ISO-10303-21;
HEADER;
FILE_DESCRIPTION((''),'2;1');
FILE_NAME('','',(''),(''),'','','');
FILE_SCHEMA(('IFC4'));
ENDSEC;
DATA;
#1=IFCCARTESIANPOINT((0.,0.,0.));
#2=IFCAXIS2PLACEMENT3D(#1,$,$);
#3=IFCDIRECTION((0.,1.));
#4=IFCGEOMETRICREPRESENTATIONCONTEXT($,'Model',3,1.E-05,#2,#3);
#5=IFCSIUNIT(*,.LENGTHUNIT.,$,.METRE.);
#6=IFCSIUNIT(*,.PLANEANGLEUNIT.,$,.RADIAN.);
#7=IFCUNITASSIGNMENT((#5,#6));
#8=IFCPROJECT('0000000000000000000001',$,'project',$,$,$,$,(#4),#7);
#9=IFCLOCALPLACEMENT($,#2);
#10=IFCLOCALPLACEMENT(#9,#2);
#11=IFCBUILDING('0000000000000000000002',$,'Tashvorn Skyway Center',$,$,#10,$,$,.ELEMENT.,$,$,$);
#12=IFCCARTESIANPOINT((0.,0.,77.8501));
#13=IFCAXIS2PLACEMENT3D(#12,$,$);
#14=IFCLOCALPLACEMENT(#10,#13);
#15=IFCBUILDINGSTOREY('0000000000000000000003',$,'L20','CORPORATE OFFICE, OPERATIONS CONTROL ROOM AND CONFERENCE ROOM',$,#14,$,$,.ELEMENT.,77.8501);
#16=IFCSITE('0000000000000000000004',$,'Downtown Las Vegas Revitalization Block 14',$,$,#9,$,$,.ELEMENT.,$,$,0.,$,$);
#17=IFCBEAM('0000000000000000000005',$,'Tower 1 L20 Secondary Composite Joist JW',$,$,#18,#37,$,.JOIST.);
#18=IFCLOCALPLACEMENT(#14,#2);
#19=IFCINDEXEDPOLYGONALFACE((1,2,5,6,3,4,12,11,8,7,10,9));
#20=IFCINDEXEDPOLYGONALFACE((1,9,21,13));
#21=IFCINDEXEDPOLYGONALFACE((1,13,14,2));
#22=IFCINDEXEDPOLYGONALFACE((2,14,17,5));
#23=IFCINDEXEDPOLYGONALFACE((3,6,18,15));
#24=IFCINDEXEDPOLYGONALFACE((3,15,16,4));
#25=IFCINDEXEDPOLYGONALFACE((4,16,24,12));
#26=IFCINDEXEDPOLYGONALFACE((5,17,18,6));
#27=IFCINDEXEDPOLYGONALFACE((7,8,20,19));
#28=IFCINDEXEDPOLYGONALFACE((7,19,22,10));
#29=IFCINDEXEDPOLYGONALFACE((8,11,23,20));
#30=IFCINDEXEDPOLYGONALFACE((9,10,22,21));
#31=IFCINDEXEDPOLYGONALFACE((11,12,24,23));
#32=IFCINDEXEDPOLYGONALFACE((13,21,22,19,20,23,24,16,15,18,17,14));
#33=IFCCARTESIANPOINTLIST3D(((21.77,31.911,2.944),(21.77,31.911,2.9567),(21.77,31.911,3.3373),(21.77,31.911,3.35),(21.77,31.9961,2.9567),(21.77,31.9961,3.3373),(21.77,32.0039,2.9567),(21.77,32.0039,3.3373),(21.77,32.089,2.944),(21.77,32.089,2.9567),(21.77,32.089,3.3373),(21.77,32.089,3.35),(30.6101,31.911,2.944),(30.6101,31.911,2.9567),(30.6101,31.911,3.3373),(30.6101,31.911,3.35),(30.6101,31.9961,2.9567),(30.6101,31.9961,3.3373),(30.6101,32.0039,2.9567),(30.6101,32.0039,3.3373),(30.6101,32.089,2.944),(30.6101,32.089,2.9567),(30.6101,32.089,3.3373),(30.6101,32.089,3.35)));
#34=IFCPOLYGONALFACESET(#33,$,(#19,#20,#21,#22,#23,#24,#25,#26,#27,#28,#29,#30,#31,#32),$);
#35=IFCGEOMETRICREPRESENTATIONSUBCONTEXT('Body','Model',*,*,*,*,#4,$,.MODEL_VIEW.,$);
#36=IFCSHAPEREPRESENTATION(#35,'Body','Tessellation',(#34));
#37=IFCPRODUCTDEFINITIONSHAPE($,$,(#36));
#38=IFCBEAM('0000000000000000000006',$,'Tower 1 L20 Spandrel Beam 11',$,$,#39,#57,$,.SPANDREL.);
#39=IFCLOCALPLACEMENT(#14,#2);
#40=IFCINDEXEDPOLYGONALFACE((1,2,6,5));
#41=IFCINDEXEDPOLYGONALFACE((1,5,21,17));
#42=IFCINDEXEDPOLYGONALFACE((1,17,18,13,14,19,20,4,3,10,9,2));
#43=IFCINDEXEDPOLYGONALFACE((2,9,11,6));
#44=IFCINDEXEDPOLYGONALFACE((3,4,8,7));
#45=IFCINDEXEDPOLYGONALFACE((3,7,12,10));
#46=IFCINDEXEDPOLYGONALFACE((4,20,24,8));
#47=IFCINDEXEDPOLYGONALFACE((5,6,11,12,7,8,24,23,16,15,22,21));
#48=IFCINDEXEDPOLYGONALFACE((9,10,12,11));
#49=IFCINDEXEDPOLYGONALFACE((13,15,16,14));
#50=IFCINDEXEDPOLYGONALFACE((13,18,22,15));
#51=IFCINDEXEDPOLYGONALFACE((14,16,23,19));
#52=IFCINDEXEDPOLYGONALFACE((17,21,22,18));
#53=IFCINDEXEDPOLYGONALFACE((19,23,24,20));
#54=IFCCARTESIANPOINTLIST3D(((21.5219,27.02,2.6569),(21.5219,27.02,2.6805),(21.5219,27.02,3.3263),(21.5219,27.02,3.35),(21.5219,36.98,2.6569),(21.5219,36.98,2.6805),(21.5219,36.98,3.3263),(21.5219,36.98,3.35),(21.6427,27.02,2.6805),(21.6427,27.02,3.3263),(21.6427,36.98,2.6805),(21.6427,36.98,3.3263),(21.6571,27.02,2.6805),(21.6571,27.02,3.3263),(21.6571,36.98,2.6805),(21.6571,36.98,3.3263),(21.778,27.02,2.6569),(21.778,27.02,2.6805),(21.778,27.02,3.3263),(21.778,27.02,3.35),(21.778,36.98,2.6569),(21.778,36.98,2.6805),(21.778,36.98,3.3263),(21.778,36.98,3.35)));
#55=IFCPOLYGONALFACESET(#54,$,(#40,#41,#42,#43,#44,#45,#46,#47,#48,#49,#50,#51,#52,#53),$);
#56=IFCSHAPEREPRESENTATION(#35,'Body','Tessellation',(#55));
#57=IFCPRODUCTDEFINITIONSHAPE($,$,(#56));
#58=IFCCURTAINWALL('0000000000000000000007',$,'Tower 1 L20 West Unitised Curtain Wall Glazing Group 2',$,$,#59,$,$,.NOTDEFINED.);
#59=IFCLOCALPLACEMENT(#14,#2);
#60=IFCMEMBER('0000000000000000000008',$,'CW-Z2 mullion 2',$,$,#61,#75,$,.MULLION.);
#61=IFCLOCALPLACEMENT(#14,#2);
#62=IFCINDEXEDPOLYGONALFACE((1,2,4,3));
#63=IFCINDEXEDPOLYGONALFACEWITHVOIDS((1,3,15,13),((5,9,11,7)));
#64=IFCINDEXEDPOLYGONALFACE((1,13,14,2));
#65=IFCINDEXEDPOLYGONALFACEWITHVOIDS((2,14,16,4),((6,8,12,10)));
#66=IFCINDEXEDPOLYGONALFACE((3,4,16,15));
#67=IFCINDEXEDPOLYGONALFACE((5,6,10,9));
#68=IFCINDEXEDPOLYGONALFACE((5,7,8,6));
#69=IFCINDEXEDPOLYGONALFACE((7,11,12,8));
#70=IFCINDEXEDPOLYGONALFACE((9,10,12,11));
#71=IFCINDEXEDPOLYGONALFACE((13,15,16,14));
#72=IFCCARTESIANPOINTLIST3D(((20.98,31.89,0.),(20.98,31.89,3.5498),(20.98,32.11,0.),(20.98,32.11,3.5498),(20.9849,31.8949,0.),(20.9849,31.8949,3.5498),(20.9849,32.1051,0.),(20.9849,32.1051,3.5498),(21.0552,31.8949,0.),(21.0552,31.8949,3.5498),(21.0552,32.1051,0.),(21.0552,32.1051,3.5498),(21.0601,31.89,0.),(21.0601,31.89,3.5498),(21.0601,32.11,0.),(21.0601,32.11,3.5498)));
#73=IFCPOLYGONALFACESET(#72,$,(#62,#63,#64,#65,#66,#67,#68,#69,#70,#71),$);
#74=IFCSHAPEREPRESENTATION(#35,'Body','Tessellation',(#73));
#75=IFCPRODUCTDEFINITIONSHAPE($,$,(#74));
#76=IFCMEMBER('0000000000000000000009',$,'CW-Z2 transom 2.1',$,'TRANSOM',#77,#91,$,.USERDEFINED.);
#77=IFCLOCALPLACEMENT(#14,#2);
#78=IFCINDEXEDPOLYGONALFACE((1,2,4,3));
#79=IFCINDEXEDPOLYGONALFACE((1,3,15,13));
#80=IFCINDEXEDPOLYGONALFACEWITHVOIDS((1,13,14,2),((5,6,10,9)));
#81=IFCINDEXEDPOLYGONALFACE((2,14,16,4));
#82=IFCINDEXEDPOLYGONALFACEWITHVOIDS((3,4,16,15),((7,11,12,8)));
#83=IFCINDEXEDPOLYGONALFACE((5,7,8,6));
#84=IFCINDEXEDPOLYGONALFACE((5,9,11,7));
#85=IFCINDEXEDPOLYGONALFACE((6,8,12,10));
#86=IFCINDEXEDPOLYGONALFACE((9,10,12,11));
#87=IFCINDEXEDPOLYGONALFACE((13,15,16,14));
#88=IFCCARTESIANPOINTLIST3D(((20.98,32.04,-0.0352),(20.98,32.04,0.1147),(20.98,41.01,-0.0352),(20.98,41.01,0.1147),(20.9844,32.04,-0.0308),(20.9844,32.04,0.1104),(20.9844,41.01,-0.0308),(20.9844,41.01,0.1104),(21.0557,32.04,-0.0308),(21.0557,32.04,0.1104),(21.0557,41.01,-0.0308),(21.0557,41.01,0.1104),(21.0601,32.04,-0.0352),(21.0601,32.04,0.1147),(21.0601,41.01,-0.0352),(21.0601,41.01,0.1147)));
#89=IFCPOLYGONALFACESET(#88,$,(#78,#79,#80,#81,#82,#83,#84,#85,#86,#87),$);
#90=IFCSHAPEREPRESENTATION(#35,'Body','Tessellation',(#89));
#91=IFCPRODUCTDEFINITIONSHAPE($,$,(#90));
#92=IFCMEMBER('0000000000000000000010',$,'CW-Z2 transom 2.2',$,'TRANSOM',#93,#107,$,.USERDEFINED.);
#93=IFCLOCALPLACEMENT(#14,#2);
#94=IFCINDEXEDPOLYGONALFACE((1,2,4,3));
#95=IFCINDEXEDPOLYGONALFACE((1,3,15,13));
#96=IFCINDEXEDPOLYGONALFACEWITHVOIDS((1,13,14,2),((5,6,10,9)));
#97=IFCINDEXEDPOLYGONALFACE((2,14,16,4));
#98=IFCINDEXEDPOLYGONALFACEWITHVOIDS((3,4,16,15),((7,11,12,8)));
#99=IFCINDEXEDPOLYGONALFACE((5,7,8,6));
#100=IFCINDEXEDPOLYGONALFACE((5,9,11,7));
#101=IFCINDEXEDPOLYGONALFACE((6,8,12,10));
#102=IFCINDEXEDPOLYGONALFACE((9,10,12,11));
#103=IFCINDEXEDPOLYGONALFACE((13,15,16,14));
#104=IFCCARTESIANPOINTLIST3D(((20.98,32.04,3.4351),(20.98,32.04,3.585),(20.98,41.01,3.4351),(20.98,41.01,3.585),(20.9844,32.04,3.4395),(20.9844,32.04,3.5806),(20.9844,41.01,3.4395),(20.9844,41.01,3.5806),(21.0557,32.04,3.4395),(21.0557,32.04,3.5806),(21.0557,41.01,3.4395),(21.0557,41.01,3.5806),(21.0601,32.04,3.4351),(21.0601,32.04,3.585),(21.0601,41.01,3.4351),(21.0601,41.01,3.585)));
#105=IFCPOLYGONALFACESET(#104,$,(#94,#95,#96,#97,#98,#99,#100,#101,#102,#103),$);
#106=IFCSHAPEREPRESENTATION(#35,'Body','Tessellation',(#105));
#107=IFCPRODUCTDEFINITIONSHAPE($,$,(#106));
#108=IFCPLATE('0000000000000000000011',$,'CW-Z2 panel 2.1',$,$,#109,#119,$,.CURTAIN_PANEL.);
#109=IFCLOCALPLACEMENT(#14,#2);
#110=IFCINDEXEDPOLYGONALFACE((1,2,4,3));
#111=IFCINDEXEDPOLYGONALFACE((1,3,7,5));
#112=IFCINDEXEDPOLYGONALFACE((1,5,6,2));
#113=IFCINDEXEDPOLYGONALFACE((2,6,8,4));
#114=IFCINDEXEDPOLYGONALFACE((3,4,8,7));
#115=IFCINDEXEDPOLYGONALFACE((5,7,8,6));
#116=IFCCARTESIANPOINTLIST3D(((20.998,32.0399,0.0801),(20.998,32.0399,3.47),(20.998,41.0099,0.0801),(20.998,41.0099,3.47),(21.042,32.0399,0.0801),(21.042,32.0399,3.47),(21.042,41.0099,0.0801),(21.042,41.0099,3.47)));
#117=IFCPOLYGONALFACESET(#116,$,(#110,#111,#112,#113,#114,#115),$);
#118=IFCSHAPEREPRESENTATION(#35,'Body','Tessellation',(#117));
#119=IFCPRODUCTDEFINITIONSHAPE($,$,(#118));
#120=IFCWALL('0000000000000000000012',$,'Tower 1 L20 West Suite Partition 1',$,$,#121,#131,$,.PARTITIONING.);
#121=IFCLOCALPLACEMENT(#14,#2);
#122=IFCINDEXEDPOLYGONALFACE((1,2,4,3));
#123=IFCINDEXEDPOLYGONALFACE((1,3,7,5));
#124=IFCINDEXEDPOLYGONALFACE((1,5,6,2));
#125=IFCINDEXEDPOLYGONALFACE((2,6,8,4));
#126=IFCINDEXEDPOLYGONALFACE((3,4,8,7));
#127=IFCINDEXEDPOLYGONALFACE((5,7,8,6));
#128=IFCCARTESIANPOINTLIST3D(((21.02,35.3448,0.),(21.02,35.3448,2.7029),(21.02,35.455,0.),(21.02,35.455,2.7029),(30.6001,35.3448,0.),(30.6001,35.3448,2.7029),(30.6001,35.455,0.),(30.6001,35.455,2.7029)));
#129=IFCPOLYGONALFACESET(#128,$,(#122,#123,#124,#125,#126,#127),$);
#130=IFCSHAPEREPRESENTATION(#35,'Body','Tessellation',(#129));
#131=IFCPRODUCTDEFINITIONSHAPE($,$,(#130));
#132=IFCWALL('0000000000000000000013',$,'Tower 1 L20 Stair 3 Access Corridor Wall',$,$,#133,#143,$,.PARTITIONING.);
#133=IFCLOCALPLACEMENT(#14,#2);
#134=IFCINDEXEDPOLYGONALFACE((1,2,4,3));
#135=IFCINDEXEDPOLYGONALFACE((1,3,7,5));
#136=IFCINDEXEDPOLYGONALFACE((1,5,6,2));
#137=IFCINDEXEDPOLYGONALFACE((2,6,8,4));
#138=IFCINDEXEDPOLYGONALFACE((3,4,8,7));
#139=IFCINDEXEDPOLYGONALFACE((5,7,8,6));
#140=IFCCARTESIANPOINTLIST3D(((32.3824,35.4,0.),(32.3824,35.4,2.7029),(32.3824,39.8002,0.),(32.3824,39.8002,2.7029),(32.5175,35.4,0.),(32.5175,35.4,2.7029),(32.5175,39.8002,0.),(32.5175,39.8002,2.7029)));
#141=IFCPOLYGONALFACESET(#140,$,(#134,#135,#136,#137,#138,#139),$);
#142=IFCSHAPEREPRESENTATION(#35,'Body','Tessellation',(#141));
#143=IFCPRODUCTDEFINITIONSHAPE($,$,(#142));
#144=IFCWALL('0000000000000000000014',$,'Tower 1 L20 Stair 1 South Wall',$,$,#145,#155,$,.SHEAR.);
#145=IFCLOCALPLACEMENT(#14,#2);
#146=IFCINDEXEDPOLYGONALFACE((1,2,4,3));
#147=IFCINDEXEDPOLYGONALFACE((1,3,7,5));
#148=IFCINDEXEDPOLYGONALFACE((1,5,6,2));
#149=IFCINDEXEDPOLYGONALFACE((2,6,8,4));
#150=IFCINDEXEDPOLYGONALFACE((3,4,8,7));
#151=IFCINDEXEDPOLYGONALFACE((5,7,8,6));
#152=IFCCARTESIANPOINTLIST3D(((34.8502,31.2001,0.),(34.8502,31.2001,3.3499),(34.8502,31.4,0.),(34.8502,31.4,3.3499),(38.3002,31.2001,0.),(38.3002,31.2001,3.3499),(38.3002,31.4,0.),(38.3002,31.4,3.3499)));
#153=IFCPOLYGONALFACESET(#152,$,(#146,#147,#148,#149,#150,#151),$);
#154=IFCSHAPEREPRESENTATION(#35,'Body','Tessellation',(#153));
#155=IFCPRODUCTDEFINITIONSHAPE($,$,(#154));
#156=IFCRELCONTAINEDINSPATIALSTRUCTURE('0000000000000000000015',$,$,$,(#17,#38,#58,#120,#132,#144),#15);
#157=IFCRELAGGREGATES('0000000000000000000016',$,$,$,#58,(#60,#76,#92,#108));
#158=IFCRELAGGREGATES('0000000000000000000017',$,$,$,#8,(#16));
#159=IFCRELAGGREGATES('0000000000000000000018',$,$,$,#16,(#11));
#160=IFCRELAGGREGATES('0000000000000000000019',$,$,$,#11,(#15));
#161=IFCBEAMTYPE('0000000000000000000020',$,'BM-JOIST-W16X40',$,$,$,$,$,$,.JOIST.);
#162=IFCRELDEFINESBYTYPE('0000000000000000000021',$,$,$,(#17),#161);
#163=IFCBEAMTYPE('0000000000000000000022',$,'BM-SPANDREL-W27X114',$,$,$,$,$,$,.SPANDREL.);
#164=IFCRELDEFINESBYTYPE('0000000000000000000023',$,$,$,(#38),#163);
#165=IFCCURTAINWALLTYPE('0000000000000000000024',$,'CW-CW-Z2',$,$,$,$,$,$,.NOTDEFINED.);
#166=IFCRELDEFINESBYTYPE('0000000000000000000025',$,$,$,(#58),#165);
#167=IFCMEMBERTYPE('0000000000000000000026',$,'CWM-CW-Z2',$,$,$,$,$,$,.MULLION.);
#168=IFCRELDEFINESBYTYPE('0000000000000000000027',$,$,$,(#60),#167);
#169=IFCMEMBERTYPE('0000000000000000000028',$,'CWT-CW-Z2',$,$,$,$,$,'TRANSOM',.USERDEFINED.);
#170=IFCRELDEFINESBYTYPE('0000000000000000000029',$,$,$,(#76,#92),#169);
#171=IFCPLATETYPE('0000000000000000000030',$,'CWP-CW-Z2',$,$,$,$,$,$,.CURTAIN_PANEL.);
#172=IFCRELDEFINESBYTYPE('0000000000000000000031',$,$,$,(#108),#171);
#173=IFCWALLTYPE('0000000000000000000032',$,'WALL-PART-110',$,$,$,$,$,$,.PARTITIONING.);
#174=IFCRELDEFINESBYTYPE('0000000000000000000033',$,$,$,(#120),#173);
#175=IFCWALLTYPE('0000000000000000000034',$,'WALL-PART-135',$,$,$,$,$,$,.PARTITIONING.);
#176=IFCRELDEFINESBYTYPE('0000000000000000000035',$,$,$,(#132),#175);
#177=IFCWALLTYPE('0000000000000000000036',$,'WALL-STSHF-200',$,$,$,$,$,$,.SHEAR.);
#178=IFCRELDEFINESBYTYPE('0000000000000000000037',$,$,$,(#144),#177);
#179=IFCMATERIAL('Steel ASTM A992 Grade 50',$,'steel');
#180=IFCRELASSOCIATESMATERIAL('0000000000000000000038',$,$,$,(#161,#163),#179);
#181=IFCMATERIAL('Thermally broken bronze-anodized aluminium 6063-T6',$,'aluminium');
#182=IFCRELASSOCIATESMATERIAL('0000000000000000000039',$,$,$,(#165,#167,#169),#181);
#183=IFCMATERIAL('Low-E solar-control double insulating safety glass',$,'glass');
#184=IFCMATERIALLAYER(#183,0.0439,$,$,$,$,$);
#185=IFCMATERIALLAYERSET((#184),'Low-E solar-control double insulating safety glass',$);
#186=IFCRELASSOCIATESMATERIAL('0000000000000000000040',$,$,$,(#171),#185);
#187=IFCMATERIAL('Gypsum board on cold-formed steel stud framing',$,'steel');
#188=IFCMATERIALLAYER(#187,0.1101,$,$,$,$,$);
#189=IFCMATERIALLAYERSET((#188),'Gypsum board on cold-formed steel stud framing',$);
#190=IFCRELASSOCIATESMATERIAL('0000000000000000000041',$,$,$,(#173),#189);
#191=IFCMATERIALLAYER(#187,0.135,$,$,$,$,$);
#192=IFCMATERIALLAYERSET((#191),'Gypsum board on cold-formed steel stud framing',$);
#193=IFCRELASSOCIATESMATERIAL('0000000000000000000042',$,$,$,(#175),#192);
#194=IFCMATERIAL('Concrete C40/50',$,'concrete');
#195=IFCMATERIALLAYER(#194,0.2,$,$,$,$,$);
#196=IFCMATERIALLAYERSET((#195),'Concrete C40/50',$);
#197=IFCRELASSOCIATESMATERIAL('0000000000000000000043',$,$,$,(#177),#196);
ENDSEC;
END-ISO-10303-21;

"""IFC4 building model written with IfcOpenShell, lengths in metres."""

from ifc_helpers import new_model, si_unit, direction, frame, frame_2d, origin, origin_2d, place, context, subcontext, project, spatial, rectangle, hollow_rectangle, i_section, extrude, material, layer, layer_set, material_profile, profile_set, type_object, element, aggregate, save


model = new_model("IFC4")

# Units and contexts
model_context = context("Model", 3, precision=1e-05, world=origin(), true_north=direction((0.0, 1.0)))
body_context = subcontext(model_context, "Body", "Model", "MODEL_VIEW")
ifc_project = project(units=[si_unit("LENGTHUNIT", "METRE"), si_unit("PLANEANGLEUNIT", "RADIAN")], contexts=[model_context])

# Site, building, storey
site_placement = place(None, origin())
site = spatial("IfcSite", under=ifc_project, at=site_placement, Name="Downtown Las Vegas Revitalization Block 14", CompositionType="ELEMENT", RefElevation=0.0)
building_placement = place(site_placement, origin())
building = spatial("IfcBuilding", under=site, at=building_placement, Name="Tashvorn Skyway Center", CompositionType="ELEMENT")
storey_placement = place(building_placement, frame((0.0, 0.0, 77.8501)))
storey = spatial("IfcBuildingStorey", under=building, at=storey_placement, Name="L20", Description="CORPORATE OFFICE, OPERATIONS CONTROL ROOM AND CONFERENCE ROOM", CompositionType="ELEMENT", Elevation=77.8501)

# Beams
ifc_material_1 = material(Name="Steel ASTM A992 Grade 50", Category="steel")
ifc_material_profile_1 = material_profile(ifc_material_1, i_section(OverallWidth=0.178, OverallDepth=0.406, WebThickness=0.0078, FlangeThickness=0.0127, at=origin_2d()), Name="W16X40")
ifc_profile_set_1 = profile_set([ifc_material_profile_1], Name="Steel ASTM A992 Grade 50")
beam_type_1 = type_object("IfcBeamType", Name="BM-JOIST-W16X40", PredefinedType="JOIST", material=ifc_profile_set_1)
beam_1_placement = place(storey_placement, frame((30.6101, 32.0, 3.147), z_axis=(-1.0, 0.0, 0.0), x_axis=(0.0, -1.0, 0.0)))
element("IfcBeam", 1, at=beam_1_placement, inside=storey, type_object=beam_type_1, Name="Tower 1 L20 Secondary Composite Joist JW", PredefinedType="JOIST", context=body_context, shape_type="SweptSolid", body=[
    extrude(i_section(OverallWidth=0.178, OverallDepth=0.406, WebThickness=0.0078, FlangeThickness=0.0127, at=origin_2d()), origin(), (0.0, 0.0, 1.0), 8.8401),
])
ifc_material_profile_2 = material_profile(ifc_material_1, i_section(OverallWidth=0.2561, OverallDepth=0.6931, WebThickness=0.0144, FlangeThickness=0.0237, at=origin_2d()), Name="W27X114")
ifc_profile_set_2 = profile_set([ifc_material_profile_2], Name="Steel ASTM A992 Grade 50")
beam_type_2 = type_object("IfcBeamType", Name="BM-SPANDREL-W27X114", PredefinedType="SPANDREL", material=ifc_profile_set_2)
beam_2_placement = place(storey_placement, frame((21.6499, 36.98, 3.0034), z_axis=(0.0, -1.0, 0.0), x_axis=(1.0, 0.0, 0.0)))
element("IfcBeam", 2, at=beam_2_placement, inside=storey, type_object=beam_type_2, Name="Tower 1 L20 Spandrel Beam 11", PredefinedType="SPANDREL", context=body_context, shape_type="SweptSolid", body=[
    extrude(i_section(OverallWidth=0.2561, OverallDepth=0.6931, WebThickness=0.0144, FlangeThickness=0.0237, at=origin_2d()), origin(), (0.0, 0.0, 1.0), 9.96),
])

# Curtain wall, members, plate
ifc_material_2 = material(Name="Thermally broken bronze-anodized aluminium 6063-T6", Category="aluminium")
curtain_wall_type = type_object("IfcCurtainWallType", Name="CW-CW-Z2", PredefinedType="NOTDEFINED", material=ifc_material_2)
curtain_wall_placement = place(storey_placement, origin())
curtain_wall = element("IfcCurtainWall", 3, at=curtain_wall_placement, inside=storey, type_object=curtain_wall_type, Name="Tower 1 L20 West Unitised Curtain Wall Glazing Group 2", PredefinedType="NOTDEFINED")
ifc_material_profile_3 = material_profile(ifc_material_2, hollow_rectangle(XDim=0.0801, YDim=0.22, WallThickness=0.0049, at=origin_2d()), Name="ALU-MULL-80x220")
ifc_profile_set_3 = profile_set([ifc_material_profile_3], Name="Thermally broken bronze-anodized aluminium 6063-T6")
member_type_1 = type_object("IfcMemberType", Name="CWM-CW-Z2", PredefinedType="MULLION", material=ifc_profile_set_3)
member_1_placement = place(storey_placement, frame((21.02, 32.0, 0.0), z_axis=(0.0, 0.0, 1.0), x_axis=(-1.0, 0.0, 0.0)))
member_1 = element("IfcMember", 4, at=member_1_placement, type_object=member_type_1, Name="CW-Z2 mullion 2", PredefinedType="MULLION", context=body_context, shape_type="SweptSolid", body=[
    extrude(hollow_rectangle(XDim=0.0801, YDim=0.22, WallThickness=0.0049, at=origin_2d()), origin(), (0.0, 0.0, 1.0), 3.5498),
])
ifc_material_profile_4 = material_profile(ifc_material_2, hollow_rectangle(XDim=0.0801, YDim=0.1499, WallThickness=0.0044, at=origin_2d()), Name="ALU-TRAN-80x150")
ifc_profile_set_4 = profile_set([ifc_material_profile_4], Name="Thermally broken bronze-anodized aluminium 6063-T6")
member_type_2 = type_object("IfcMemberType", Name="CWT-CW-Z2", ElementType="TRANSOM", PredefinedType="USERDEFINED", material=ifc_profile_set_4)
member_2_placement = place(storey_placement, frame((21.02, 32.04, 0.0398), z_axis=(0.0, 1.0, 0.0), x_axis=(-1.0, 0.0, 0.0)))
member_2 = element("IfcMember", 5, at=member_2_placement, type_object=member_type_2, Name="CW-Z2 transom 2.1", ObjectType="TRANSOM", PredefinedType="USERDEFINED", context=body_context, shape_type="SweptSolid", body=[
    extrude(hollow_rectangle(XDim=0.0801, YDim=0.1499, WallThickness=0.0044, at=origin_2d()), origin(), (0.0, 0.0, 1.0), 8.97),
])
member_3_placement = place(storey_placement, frame((21.02, 32.04, 3.51), z_axis=(0.0, 1.0, 0.0), x_axis=(-1.0, 0.0, 0.0)))
member_3 = element("IfcMember", 6, at=member_3_placement, type_object=member_type_2, Name="CW-Z2 transom 2.2", ObjectType="TRANSOM", PredefinedType="USERDEFINED", context=body_context, shape_type="SweptSolid", body=[
    extrude(hollow_rectangle(XDim=0.0801, YDim=0.1499, WallThickness=0.0044, at=origin_2d()), origin(), (0.0, 0.0, 1.0), 8.97),
])
ifc_material_3 = material(Name="Low-E solar-control double insulating safety glass", Category="glass")
ifc_layer_1 = layer(ifc_material_3, 0.0439)
ifc_layer_set_1 = layer_set([ifc_layer_1], Name="Low-E solar-control double insulating safety glass")
plate_type = type_object("IfcPlateType", Name="CWP-CW-Z2", PredefinedType="CURTAIN_PANEL", material=ifc_layer_set_1)
plate_placement = place(storey_placement, frame((21.02, 36.5249, 0.0801), z_axis=(0.0, 0.0, 1.0), x_axis=(0.0, 1.0, 0.0)))
plate = element("IfcPlate", 7, at=plate_placement, type_object=plate_type, Name="CW-Z2 panel 2.1", PredefinedType="CURTAIN_PANEL", context=body_context, shape_type="SweptSolid", body=[
    extrude(rectangle(XDim=8.97, YDim=0.0439, at=origin_2d()), origin(), (0.0, 0.0, 1.0), 3.3899),
])
aggregate(curtain_wall, [member_1, member_2, member_3, plate])

# Walls
ifc_material_4 = material(Name="Gypsum board on cold-formed steel stud framing", Category="steel")
ifc_layer_2 = layer(ifc_material_4, 0.1101)
ifc_layer_set_2 = layer_set([ifc_layer_2], Name="Gypsum board on cold-formed steel stud framing")
wall_type_1 = type_object("IfcWallType", Name="WALL-PART-110", PredefinedType="PARTITIONING", material=ifc_layer_set_2)
wall_1_placement = place(storey_placement, frame((30.6001, 35.3999, 0.0), z_axis=(0.0, 0.0, 1.0), x_axis=(-1.0, 0.0, 0.0)))
element("IfcWall", 8, at=wall_1_placement, inside=storey, type_object=wall_type_1, Name="Tower 1 L20 West Suite Partition 1", PredefinedType="PARTITIONING", context=body_context, shape_type="SweptSolid", body=[
    extrude(rectangle(XDim=9.5801, YDim=0.1101, at=frame_2d((4.79, 0.0))), origin(), (0.0, 0.0, 1.0), 2.7029),
])
ifc_layer_3 = layer(ifc_material_4, 0.135)
ifc_layer_set_3 = layer_set([ifc_layer_3], Name="Gypsum board on cold-formed steel stud framing")
wall_type_2 = type_object("IfcWallType", Name="WALL-PART-135", PredefinedType="PARTITIONING", material=ifc_layer_set_3)
wall_2_placement = place(storey_placement, frame((32.45, 35.3999, 0.0), z_axis=(0.0, 0.0, 1.0), x_axis=(0.0, 1.0, 0.0)))
element("IfcWall", 9, at=wall_2_placement, inside=storey, type_object=wall_type_2, Name="Tower 1 L20 Stair 3 Access Corridor Wall", PredefinedType="PARTITIONING", context=body_context, shape_type="SweptSolid", body=[
    extrude(rectangle(XDim=4.4001, YDim=0.135, at=frame_2d((2.2002, 0.0))), origin(), (0.0, 0.0, 1.0), 2.7029),
])
ifc_material_5 = material(Name="Concrete C40/50", Category="concrete")
ifc_layer_4 = layer(ifc_material_5, 0.2)
ifc_layer_set_4 = layer_set([ifc_layer_4], Name="Concrete C40/50")
wall_type_3 = type_object("IfcWallType", Name="WALL-STSHF-200", PredefinedType="SHEAR", material=ifc_layer_set_4)
wall_3_placement = place(storey_placement, frame((34.8501, 31.3, 0.0), z_axis=(0.0, 0.0, 1.0), x_axis=(1.0, 0.0, 0.0)))
element("IfcWall", 10, at=wall_3_placement, inside=storey, type_object=wall_type_3, Name="Tower 1 L20 Stair 1 South Wall", PredefinedType="SHEAR", context=body_context, shape_type="SweptSolid", body=[
    extrude(rectangle(XDim=3.45, YDim=0.2, at=frame_2d((1.7251, 0.0))), origin(), (0.0, 0.0, 1.0), 3.3499),
])

save(model, "model.ifc")
